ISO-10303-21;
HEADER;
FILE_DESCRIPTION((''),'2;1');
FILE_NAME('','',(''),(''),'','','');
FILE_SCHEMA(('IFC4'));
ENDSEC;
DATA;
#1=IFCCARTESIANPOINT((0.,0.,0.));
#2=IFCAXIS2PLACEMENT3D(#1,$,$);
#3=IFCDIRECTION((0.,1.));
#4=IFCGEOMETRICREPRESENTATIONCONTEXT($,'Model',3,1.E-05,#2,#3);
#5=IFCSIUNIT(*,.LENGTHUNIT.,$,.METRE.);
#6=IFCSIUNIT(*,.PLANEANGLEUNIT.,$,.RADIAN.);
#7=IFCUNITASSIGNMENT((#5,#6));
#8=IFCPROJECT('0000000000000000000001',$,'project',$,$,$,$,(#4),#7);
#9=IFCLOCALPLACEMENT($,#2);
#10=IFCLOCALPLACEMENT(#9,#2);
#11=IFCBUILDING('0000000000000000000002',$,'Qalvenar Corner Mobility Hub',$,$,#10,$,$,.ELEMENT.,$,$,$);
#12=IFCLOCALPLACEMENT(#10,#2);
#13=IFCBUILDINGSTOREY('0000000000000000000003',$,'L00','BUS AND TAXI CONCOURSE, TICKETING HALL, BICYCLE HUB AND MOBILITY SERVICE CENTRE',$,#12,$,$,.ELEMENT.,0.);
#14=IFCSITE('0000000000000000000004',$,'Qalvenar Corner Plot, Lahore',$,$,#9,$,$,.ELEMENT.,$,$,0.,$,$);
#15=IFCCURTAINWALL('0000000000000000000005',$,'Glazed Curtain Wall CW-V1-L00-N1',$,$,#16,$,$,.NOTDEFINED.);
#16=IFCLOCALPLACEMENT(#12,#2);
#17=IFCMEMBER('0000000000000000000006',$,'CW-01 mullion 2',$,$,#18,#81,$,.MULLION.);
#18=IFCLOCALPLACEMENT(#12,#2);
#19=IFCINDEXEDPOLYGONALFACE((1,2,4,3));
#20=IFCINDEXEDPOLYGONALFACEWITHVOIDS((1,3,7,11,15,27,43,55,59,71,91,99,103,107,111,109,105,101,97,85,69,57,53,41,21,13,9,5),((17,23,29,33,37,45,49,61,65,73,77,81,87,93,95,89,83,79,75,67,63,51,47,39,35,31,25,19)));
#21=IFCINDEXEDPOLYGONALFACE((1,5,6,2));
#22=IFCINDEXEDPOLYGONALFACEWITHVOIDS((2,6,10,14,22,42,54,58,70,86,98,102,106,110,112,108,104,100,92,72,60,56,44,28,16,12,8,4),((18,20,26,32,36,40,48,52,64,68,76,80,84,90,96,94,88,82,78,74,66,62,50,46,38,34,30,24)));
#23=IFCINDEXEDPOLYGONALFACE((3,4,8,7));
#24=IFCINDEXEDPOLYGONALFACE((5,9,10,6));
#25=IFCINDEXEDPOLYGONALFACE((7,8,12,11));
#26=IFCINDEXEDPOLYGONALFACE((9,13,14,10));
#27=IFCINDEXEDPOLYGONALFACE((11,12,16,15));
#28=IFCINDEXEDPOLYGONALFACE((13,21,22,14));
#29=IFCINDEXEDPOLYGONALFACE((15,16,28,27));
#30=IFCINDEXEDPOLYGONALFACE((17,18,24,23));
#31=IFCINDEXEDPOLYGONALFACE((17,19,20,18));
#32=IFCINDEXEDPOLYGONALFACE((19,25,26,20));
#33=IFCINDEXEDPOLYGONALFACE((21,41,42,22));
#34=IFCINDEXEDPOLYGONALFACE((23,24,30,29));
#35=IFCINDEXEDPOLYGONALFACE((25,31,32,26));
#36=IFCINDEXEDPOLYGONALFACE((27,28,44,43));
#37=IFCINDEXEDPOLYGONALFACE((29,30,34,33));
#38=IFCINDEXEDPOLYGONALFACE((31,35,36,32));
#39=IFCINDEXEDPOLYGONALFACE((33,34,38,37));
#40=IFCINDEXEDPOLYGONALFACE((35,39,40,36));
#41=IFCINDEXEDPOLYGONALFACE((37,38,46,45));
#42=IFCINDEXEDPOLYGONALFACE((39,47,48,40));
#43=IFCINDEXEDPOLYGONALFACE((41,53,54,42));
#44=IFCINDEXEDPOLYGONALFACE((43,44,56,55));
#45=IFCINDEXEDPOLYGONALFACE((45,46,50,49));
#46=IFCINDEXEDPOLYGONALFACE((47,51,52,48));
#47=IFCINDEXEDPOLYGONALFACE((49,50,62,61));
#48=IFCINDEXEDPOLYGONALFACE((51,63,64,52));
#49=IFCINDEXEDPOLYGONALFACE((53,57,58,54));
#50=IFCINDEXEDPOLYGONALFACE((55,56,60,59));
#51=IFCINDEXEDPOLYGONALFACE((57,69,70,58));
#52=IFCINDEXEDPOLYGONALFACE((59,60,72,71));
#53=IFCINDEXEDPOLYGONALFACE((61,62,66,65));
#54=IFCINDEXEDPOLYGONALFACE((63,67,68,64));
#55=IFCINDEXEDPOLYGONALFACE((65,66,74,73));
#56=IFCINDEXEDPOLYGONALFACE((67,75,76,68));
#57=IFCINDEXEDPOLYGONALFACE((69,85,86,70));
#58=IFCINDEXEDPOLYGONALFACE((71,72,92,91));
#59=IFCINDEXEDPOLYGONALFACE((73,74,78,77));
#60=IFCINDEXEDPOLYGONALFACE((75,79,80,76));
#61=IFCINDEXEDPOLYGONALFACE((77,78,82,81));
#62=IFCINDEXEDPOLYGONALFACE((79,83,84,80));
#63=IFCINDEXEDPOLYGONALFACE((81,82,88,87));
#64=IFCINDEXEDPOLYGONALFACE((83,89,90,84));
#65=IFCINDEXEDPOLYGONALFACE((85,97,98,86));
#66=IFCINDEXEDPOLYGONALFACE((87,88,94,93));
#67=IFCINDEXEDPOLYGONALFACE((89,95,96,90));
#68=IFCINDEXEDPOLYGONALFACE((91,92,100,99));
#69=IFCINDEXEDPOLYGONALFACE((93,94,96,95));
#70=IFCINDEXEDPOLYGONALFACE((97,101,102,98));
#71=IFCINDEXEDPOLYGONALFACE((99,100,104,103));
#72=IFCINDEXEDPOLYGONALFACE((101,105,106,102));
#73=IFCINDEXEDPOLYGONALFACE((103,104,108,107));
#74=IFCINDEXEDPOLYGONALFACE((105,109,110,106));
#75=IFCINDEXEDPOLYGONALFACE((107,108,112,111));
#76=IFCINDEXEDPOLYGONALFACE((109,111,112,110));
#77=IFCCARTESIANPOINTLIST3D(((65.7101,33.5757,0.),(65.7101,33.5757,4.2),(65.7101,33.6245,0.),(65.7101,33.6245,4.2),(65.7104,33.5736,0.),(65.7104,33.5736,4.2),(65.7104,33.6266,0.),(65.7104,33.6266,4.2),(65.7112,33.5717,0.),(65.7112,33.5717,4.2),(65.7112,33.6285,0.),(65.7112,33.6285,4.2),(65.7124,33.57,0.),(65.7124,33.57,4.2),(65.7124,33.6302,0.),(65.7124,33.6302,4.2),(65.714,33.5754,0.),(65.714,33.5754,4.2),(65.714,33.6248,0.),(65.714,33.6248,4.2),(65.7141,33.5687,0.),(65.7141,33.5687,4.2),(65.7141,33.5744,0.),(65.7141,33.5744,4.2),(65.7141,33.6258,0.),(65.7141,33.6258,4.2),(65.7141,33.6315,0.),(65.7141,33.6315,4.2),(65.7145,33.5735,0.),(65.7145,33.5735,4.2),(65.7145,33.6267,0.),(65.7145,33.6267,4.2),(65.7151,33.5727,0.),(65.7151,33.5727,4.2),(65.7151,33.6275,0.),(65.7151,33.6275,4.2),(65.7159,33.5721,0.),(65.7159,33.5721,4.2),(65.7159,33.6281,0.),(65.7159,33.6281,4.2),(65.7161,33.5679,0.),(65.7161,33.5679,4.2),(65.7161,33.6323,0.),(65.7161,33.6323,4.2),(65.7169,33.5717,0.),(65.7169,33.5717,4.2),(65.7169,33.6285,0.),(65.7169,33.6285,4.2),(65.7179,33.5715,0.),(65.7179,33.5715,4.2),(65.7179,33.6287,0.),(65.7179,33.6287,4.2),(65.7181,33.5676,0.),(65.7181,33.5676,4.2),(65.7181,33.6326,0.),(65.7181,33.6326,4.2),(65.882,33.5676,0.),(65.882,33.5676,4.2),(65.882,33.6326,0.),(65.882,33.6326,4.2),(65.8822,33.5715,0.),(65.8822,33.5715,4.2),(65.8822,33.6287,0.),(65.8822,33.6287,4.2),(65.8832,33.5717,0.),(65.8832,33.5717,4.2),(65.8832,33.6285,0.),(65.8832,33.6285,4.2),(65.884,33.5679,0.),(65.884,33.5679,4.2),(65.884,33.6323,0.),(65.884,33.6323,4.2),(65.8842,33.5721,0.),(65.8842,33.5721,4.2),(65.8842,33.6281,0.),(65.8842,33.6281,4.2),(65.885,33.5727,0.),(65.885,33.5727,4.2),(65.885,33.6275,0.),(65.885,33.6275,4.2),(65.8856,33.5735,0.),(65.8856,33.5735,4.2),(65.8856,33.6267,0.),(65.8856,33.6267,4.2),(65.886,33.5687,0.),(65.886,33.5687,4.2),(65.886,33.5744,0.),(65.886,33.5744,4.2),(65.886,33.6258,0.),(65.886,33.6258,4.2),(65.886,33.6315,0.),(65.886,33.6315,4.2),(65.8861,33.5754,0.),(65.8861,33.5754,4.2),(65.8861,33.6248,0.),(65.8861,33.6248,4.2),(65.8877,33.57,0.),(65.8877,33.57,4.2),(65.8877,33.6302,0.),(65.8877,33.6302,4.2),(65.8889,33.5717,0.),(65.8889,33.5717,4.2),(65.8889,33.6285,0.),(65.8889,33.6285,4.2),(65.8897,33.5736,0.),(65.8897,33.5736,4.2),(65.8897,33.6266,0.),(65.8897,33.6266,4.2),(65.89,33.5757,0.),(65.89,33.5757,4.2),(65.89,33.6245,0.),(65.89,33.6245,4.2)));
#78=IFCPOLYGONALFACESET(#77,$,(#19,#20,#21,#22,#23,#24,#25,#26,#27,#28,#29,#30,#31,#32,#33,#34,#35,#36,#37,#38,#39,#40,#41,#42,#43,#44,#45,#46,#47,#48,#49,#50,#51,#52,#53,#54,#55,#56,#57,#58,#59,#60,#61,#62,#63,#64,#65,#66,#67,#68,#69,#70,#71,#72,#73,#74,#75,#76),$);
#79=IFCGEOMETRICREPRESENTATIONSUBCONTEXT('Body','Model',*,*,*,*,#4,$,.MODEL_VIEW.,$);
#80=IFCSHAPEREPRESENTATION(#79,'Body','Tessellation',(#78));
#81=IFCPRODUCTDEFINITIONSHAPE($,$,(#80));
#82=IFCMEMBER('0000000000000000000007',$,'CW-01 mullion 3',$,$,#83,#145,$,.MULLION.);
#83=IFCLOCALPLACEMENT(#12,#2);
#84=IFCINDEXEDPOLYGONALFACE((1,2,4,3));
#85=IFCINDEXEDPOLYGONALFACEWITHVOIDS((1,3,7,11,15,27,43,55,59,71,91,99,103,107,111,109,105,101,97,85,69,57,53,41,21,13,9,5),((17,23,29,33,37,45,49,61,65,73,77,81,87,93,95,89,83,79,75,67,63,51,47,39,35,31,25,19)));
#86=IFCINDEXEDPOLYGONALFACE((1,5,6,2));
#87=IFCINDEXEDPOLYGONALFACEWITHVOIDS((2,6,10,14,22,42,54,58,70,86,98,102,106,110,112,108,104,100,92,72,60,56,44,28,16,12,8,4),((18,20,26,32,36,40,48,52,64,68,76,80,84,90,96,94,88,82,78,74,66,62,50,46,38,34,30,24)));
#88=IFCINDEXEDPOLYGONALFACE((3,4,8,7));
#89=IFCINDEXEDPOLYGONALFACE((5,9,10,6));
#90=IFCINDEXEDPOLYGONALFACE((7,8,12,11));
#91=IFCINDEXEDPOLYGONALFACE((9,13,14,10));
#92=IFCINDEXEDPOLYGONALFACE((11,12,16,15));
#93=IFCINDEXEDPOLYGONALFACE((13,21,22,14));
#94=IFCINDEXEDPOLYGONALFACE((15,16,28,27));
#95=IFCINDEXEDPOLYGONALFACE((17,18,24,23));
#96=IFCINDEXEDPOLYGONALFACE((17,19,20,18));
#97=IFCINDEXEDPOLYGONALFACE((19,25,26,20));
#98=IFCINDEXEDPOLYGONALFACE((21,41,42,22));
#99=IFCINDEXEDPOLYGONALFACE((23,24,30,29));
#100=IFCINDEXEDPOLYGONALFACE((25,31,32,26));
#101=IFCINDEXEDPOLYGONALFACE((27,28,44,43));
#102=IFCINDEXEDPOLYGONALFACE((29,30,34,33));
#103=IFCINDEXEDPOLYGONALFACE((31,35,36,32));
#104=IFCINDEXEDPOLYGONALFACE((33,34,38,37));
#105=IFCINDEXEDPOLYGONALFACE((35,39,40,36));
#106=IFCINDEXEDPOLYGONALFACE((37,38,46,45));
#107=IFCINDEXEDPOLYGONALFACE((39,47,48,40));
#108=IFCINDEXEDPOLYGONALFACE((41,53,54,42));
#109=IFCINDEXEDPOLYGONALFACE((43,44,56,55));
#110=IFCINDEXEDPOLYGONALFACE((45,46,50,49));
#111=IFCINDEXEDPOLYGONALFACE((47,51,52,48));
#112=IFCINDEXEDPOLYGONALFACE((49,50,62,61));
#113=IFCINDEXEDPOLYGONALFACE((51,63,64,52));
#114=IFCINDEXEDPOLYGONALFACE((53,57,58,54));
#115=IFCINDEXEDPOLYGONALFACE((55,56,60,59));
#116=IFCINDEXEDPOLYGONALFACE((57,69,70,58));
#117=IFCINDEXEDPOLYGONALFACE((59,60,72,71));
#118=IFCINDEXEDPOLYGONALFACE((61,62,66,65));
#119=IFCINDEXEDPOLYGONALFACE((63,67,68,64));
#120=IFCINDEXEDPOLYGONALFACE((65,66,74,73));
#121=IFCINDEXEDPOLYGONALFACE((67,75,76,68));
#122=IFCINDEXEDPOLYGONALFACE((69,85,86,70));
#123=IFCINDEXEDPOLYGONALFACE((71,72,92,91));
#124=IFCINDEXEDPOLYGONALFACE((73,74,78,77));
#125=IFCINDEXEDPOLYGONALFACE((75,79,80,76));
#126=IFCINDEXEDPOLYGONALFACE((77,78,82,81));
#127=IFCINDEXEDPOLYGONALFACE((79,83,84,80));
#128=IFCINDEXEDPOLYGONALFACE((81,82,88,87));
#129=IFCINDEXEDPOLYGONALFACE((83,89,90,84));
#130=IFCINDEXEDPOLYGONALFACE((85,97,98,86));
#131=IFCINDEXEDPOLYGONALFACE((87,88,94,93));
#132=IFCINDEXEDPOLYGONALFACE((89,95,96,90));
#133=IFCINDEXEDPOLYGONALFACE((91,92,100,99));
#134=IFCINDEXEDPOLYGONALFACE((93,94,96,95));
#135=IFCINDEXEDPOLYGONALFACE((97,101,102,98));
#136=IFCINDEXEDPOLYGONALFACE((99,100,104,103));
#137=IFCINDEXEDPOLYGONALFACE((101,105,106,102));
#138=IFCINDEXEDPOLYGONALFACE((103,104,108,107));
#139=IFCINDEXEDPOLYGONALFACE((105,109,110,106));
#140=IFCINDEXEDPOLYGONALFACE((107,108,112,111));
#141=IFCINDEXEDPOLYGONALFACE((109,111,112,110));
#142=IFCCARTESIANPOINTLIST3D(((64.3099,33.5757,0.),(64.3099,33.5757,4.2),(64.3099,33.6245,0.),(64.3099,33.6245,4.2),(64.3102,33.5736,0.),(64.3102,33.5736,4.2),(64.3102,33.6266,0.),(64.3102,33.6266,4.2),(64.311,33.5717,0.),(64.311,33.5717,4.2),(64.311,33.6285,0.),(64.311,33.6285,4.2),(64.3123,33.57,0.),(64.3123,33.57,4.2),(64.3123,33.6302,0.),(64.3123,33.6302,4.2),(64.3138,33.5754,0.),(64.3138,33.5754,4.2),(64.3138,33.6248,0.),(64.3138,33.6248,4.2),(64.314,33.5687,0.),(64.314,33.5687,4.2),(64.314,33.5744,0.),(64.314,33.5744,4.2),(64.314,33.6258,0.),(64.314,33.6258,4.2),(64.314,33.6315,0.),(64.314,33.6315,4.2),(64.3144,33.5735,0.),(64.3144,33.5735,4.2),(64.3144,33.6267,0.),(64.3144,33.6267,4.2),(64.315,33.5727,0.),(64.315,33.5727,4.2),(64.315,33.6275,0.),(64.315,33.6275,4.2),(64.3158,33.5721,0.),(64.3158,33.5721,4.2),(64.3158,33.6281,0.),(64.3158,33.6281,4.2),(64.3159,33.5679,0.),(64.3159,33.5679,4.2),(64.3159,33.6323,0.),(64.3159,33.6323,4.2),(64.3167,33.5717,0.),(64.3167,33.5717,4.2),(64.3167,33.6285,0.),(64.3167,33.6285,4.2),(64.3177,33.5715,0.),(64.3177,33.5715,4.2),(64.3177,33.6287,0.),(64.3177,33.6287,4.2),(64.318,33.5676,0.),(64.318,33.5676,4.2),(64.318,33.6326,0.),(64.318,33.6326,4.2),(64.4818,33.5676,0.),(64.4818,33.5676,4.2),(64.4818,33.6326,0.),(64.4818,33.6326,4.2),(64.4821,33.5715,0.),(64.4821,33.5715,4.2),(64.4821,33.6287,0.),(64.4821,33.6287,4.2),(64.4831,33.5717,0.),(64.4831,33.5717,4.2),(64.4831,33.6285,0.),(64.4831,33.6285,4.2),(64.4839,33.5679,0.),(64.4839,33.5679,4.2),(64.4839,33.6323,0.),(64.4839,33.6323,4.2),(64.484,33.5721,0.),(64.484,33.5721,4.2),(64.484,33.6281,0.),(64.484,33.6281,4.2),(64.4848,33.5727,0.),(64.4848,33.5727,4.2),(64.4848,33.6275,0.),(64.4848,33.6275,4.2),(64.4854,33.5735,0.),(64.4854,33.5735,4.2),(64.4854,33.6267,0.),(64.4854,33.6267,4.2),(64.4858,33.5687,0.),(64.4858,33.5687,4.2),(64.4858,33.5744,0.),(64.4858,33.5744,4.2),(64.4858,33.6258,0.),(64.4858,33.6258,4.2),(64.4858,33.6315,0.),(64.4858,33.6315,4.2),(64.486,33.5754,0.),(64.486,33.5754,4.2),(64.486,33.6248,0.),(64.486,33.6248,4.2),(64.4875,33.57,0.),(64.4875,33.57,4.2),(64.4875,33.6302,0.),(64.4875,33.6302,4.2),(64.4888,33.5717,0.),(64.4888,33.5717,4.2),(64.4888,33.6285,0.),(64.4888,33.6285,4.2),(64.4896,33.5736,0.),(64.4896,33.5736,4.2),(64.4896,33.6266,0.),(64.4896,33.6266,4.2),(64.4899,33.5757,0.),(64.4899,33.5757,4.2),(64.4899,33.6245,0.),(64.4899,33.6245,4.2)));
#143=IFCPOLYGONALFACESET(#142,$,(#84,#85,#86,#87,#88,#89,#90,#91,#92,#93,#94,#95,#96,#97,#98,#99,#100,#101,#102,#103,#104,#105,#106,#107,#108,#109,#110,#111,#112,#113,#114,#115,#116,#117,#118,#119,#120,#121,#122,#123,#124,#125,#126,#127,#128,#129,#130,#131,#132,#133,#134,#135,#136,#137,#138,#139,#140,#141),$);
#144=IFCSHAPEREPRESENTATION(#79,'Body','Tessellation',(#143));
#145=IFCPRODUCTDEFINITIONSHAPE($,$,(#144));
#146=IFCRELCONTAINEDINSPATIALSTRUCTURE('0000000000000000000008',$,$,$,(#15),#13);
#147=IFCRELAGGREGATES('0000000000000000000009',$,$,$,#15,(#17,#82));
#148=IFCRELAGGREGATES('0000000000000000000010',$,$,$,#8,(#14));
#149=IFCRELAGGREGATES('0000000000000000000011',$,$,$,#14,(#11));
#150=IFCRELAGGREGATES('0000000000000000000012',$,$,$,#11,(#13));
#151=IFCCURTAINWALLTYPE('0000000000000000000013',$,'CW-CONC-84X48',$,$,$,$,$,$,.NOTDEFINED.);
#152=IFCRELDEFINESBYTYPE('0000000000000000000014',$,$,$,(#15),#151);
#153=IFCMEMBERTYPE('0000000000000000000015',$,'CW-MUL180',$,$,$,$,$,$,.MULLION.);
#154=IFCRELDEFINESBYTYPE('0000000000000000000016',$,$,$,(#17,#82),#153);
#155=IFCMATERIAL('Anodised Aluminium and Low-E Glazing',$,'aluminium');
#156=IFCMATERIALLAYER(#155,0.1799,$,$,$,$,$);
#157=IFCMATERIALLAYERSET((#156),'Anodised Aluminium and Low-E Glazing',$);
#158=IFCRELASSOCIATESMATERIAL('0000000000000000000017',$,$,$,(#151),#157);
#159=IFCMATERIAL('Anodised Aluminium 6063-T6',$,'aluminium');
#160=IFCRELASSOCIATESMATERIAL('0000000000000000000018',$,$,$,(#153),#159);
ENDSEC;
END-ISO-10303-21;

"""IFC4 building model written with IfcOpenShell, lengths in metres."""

from ifc_helpers import new_model, si_unit, direction, frame, origin, origin_2d, place, context, subcontext, project, spatial, hollow_rectangle, extrude, material, layer, layer_set, material_profile, profile_set, type_object, element, aggregate, save


model = new_model("IFC4")

# Units and contexts
model_context = context("Model", 3, precision=1e-05, world=origin(), true_north=direction((0.0, 1.0)))
body_context = subcontext(model_context, "Body", "Model", "MODEL_VIEW")
ifc_project = project(units=[si_unit("LENGTHUNIT", "METRE"), si_unit("PLANEANGLEUNIT", "RADIAN")], contexts=[model_context])

# Site, building, storey
site_placement = place(None, origin())
site = spatial("IfcSite", under=ifc_project, at=site_placement, Name="Qalvenar Corner Plot, Lahore", CompositionType="ELEMENT", RefElevation=0.0)
building_placement = place(site_placement, origin())
building = spatial("IfcBuilding", under=site, at=building_placement, Name="Qalvenar Corner Mobility Hub", CompositionType="ELEMENT")
storey_placement = place(building_placement, origin())
storey = spatial("IfcBuildingStorey", under=building, at=storey_placement, Name="L00", Description="BUS AND TAXI CONCOURSE, TICKETING HALL, BICYCLE HUB AND MOBILITY SERVICE CENTRE", CompositionType="ELEMENT", Elevation=0.0)

# Curtain wall, members
ifc_material_1 = material(Name="Anodised Aluminium and Low-E Glazing", Category="aluminium")
ifc_layer_1 = layer(ifc_material_1, 0.1799)
ifc_layer_set_1 = layer_set([ifc_layer_1], Name="Anodised Aluminium and Low-E Glazing")
curtain_wall_type = type_object("IfcCurtainWallType", Name="CW-CONC-84X48", PredefinedType="NOTDEFINED", material=ifc_layer_set_1)
curtain_wall_placement = place(storey_placement, origin())
curtain_wall = element("IfcCurtainWall", 1, at=curtain_wall_placement, inside=storey, type_object=curtain_wall_type, Name="Glazed Curtain Wall CW-V1-L00-N1", PredefinedType="NOTDEFINED")
ifc_material_2 = material(Name="Anodised Aluminium 6063-T6", Category="aluminium")
ifc_material_profile_1 = material_profile(ifc_material_2, hollow_rectangle(XDim=0.0649, YDim=0.1799, WallThickness=0.0039, InnerFilletRadius=0.0039, OuterFilletRadius=0.0081, at=origin_2d()), Name="RHS180x65x4")
ifc_profile_set_1 = profile_set([ifc_material_profile_1], Name="Anodised Aluminium 6063-T6")
member_type_1 = type_object("IfcMemberType", Name="CW-MUL180", PredefinedType="MULLION", material=ifc_profile_set_1)
member_1_placement = place(storey_placement, frame((65.8, 33.6001, 0.0), z_axis=(0.0, 0.0, 1.0), x_axis=(0.0, -1.0, 0.0)))
member_1 = element("IfcMember", 2, at=member_1_placement, type_object=member_type_1, Name="CW-01 mullion 2", PredefinedType="MULLION", context=body_context, shape_type="SweptSolid", body=[
    extrude(hollow_rectangle(XDim=0.0649, YDim=0.1799, WallThickness=0.0039, InnerFilletRadius=0.0039, OuterFilletRadius=0.0081, at=origin_2d()), origin(), (0.0, 0.0, 1.0), 4.2),
])
member_2_placement = place(storey_placement, frame((64.3999, 33.6001, 0.0), z_axis=(0.0, 0.0, 1.0), x_axis=(0.0, -1.0, 0.0)))
member_2 = element("IfcMember", 3, at=member_2_placement, type_object=member_type_1, Name="CW-01 mullion 3", PredefinedType="MULLION", context=body_context, shape_type="SweptSolid", body=[
    extrude(hollow_rectangle(XDim=0.0649, YDim=0.1799, WallThickness=0.0039, InnerFilletRadius=0.0039, OuterFilletRadius=0.0081, at=origin_2d()), origin(), (0.0, 0.0, 1.0), 4.2),
])
aggregate(curtain_wall, [member_1, member_2])

save(model, "model.ifc")
